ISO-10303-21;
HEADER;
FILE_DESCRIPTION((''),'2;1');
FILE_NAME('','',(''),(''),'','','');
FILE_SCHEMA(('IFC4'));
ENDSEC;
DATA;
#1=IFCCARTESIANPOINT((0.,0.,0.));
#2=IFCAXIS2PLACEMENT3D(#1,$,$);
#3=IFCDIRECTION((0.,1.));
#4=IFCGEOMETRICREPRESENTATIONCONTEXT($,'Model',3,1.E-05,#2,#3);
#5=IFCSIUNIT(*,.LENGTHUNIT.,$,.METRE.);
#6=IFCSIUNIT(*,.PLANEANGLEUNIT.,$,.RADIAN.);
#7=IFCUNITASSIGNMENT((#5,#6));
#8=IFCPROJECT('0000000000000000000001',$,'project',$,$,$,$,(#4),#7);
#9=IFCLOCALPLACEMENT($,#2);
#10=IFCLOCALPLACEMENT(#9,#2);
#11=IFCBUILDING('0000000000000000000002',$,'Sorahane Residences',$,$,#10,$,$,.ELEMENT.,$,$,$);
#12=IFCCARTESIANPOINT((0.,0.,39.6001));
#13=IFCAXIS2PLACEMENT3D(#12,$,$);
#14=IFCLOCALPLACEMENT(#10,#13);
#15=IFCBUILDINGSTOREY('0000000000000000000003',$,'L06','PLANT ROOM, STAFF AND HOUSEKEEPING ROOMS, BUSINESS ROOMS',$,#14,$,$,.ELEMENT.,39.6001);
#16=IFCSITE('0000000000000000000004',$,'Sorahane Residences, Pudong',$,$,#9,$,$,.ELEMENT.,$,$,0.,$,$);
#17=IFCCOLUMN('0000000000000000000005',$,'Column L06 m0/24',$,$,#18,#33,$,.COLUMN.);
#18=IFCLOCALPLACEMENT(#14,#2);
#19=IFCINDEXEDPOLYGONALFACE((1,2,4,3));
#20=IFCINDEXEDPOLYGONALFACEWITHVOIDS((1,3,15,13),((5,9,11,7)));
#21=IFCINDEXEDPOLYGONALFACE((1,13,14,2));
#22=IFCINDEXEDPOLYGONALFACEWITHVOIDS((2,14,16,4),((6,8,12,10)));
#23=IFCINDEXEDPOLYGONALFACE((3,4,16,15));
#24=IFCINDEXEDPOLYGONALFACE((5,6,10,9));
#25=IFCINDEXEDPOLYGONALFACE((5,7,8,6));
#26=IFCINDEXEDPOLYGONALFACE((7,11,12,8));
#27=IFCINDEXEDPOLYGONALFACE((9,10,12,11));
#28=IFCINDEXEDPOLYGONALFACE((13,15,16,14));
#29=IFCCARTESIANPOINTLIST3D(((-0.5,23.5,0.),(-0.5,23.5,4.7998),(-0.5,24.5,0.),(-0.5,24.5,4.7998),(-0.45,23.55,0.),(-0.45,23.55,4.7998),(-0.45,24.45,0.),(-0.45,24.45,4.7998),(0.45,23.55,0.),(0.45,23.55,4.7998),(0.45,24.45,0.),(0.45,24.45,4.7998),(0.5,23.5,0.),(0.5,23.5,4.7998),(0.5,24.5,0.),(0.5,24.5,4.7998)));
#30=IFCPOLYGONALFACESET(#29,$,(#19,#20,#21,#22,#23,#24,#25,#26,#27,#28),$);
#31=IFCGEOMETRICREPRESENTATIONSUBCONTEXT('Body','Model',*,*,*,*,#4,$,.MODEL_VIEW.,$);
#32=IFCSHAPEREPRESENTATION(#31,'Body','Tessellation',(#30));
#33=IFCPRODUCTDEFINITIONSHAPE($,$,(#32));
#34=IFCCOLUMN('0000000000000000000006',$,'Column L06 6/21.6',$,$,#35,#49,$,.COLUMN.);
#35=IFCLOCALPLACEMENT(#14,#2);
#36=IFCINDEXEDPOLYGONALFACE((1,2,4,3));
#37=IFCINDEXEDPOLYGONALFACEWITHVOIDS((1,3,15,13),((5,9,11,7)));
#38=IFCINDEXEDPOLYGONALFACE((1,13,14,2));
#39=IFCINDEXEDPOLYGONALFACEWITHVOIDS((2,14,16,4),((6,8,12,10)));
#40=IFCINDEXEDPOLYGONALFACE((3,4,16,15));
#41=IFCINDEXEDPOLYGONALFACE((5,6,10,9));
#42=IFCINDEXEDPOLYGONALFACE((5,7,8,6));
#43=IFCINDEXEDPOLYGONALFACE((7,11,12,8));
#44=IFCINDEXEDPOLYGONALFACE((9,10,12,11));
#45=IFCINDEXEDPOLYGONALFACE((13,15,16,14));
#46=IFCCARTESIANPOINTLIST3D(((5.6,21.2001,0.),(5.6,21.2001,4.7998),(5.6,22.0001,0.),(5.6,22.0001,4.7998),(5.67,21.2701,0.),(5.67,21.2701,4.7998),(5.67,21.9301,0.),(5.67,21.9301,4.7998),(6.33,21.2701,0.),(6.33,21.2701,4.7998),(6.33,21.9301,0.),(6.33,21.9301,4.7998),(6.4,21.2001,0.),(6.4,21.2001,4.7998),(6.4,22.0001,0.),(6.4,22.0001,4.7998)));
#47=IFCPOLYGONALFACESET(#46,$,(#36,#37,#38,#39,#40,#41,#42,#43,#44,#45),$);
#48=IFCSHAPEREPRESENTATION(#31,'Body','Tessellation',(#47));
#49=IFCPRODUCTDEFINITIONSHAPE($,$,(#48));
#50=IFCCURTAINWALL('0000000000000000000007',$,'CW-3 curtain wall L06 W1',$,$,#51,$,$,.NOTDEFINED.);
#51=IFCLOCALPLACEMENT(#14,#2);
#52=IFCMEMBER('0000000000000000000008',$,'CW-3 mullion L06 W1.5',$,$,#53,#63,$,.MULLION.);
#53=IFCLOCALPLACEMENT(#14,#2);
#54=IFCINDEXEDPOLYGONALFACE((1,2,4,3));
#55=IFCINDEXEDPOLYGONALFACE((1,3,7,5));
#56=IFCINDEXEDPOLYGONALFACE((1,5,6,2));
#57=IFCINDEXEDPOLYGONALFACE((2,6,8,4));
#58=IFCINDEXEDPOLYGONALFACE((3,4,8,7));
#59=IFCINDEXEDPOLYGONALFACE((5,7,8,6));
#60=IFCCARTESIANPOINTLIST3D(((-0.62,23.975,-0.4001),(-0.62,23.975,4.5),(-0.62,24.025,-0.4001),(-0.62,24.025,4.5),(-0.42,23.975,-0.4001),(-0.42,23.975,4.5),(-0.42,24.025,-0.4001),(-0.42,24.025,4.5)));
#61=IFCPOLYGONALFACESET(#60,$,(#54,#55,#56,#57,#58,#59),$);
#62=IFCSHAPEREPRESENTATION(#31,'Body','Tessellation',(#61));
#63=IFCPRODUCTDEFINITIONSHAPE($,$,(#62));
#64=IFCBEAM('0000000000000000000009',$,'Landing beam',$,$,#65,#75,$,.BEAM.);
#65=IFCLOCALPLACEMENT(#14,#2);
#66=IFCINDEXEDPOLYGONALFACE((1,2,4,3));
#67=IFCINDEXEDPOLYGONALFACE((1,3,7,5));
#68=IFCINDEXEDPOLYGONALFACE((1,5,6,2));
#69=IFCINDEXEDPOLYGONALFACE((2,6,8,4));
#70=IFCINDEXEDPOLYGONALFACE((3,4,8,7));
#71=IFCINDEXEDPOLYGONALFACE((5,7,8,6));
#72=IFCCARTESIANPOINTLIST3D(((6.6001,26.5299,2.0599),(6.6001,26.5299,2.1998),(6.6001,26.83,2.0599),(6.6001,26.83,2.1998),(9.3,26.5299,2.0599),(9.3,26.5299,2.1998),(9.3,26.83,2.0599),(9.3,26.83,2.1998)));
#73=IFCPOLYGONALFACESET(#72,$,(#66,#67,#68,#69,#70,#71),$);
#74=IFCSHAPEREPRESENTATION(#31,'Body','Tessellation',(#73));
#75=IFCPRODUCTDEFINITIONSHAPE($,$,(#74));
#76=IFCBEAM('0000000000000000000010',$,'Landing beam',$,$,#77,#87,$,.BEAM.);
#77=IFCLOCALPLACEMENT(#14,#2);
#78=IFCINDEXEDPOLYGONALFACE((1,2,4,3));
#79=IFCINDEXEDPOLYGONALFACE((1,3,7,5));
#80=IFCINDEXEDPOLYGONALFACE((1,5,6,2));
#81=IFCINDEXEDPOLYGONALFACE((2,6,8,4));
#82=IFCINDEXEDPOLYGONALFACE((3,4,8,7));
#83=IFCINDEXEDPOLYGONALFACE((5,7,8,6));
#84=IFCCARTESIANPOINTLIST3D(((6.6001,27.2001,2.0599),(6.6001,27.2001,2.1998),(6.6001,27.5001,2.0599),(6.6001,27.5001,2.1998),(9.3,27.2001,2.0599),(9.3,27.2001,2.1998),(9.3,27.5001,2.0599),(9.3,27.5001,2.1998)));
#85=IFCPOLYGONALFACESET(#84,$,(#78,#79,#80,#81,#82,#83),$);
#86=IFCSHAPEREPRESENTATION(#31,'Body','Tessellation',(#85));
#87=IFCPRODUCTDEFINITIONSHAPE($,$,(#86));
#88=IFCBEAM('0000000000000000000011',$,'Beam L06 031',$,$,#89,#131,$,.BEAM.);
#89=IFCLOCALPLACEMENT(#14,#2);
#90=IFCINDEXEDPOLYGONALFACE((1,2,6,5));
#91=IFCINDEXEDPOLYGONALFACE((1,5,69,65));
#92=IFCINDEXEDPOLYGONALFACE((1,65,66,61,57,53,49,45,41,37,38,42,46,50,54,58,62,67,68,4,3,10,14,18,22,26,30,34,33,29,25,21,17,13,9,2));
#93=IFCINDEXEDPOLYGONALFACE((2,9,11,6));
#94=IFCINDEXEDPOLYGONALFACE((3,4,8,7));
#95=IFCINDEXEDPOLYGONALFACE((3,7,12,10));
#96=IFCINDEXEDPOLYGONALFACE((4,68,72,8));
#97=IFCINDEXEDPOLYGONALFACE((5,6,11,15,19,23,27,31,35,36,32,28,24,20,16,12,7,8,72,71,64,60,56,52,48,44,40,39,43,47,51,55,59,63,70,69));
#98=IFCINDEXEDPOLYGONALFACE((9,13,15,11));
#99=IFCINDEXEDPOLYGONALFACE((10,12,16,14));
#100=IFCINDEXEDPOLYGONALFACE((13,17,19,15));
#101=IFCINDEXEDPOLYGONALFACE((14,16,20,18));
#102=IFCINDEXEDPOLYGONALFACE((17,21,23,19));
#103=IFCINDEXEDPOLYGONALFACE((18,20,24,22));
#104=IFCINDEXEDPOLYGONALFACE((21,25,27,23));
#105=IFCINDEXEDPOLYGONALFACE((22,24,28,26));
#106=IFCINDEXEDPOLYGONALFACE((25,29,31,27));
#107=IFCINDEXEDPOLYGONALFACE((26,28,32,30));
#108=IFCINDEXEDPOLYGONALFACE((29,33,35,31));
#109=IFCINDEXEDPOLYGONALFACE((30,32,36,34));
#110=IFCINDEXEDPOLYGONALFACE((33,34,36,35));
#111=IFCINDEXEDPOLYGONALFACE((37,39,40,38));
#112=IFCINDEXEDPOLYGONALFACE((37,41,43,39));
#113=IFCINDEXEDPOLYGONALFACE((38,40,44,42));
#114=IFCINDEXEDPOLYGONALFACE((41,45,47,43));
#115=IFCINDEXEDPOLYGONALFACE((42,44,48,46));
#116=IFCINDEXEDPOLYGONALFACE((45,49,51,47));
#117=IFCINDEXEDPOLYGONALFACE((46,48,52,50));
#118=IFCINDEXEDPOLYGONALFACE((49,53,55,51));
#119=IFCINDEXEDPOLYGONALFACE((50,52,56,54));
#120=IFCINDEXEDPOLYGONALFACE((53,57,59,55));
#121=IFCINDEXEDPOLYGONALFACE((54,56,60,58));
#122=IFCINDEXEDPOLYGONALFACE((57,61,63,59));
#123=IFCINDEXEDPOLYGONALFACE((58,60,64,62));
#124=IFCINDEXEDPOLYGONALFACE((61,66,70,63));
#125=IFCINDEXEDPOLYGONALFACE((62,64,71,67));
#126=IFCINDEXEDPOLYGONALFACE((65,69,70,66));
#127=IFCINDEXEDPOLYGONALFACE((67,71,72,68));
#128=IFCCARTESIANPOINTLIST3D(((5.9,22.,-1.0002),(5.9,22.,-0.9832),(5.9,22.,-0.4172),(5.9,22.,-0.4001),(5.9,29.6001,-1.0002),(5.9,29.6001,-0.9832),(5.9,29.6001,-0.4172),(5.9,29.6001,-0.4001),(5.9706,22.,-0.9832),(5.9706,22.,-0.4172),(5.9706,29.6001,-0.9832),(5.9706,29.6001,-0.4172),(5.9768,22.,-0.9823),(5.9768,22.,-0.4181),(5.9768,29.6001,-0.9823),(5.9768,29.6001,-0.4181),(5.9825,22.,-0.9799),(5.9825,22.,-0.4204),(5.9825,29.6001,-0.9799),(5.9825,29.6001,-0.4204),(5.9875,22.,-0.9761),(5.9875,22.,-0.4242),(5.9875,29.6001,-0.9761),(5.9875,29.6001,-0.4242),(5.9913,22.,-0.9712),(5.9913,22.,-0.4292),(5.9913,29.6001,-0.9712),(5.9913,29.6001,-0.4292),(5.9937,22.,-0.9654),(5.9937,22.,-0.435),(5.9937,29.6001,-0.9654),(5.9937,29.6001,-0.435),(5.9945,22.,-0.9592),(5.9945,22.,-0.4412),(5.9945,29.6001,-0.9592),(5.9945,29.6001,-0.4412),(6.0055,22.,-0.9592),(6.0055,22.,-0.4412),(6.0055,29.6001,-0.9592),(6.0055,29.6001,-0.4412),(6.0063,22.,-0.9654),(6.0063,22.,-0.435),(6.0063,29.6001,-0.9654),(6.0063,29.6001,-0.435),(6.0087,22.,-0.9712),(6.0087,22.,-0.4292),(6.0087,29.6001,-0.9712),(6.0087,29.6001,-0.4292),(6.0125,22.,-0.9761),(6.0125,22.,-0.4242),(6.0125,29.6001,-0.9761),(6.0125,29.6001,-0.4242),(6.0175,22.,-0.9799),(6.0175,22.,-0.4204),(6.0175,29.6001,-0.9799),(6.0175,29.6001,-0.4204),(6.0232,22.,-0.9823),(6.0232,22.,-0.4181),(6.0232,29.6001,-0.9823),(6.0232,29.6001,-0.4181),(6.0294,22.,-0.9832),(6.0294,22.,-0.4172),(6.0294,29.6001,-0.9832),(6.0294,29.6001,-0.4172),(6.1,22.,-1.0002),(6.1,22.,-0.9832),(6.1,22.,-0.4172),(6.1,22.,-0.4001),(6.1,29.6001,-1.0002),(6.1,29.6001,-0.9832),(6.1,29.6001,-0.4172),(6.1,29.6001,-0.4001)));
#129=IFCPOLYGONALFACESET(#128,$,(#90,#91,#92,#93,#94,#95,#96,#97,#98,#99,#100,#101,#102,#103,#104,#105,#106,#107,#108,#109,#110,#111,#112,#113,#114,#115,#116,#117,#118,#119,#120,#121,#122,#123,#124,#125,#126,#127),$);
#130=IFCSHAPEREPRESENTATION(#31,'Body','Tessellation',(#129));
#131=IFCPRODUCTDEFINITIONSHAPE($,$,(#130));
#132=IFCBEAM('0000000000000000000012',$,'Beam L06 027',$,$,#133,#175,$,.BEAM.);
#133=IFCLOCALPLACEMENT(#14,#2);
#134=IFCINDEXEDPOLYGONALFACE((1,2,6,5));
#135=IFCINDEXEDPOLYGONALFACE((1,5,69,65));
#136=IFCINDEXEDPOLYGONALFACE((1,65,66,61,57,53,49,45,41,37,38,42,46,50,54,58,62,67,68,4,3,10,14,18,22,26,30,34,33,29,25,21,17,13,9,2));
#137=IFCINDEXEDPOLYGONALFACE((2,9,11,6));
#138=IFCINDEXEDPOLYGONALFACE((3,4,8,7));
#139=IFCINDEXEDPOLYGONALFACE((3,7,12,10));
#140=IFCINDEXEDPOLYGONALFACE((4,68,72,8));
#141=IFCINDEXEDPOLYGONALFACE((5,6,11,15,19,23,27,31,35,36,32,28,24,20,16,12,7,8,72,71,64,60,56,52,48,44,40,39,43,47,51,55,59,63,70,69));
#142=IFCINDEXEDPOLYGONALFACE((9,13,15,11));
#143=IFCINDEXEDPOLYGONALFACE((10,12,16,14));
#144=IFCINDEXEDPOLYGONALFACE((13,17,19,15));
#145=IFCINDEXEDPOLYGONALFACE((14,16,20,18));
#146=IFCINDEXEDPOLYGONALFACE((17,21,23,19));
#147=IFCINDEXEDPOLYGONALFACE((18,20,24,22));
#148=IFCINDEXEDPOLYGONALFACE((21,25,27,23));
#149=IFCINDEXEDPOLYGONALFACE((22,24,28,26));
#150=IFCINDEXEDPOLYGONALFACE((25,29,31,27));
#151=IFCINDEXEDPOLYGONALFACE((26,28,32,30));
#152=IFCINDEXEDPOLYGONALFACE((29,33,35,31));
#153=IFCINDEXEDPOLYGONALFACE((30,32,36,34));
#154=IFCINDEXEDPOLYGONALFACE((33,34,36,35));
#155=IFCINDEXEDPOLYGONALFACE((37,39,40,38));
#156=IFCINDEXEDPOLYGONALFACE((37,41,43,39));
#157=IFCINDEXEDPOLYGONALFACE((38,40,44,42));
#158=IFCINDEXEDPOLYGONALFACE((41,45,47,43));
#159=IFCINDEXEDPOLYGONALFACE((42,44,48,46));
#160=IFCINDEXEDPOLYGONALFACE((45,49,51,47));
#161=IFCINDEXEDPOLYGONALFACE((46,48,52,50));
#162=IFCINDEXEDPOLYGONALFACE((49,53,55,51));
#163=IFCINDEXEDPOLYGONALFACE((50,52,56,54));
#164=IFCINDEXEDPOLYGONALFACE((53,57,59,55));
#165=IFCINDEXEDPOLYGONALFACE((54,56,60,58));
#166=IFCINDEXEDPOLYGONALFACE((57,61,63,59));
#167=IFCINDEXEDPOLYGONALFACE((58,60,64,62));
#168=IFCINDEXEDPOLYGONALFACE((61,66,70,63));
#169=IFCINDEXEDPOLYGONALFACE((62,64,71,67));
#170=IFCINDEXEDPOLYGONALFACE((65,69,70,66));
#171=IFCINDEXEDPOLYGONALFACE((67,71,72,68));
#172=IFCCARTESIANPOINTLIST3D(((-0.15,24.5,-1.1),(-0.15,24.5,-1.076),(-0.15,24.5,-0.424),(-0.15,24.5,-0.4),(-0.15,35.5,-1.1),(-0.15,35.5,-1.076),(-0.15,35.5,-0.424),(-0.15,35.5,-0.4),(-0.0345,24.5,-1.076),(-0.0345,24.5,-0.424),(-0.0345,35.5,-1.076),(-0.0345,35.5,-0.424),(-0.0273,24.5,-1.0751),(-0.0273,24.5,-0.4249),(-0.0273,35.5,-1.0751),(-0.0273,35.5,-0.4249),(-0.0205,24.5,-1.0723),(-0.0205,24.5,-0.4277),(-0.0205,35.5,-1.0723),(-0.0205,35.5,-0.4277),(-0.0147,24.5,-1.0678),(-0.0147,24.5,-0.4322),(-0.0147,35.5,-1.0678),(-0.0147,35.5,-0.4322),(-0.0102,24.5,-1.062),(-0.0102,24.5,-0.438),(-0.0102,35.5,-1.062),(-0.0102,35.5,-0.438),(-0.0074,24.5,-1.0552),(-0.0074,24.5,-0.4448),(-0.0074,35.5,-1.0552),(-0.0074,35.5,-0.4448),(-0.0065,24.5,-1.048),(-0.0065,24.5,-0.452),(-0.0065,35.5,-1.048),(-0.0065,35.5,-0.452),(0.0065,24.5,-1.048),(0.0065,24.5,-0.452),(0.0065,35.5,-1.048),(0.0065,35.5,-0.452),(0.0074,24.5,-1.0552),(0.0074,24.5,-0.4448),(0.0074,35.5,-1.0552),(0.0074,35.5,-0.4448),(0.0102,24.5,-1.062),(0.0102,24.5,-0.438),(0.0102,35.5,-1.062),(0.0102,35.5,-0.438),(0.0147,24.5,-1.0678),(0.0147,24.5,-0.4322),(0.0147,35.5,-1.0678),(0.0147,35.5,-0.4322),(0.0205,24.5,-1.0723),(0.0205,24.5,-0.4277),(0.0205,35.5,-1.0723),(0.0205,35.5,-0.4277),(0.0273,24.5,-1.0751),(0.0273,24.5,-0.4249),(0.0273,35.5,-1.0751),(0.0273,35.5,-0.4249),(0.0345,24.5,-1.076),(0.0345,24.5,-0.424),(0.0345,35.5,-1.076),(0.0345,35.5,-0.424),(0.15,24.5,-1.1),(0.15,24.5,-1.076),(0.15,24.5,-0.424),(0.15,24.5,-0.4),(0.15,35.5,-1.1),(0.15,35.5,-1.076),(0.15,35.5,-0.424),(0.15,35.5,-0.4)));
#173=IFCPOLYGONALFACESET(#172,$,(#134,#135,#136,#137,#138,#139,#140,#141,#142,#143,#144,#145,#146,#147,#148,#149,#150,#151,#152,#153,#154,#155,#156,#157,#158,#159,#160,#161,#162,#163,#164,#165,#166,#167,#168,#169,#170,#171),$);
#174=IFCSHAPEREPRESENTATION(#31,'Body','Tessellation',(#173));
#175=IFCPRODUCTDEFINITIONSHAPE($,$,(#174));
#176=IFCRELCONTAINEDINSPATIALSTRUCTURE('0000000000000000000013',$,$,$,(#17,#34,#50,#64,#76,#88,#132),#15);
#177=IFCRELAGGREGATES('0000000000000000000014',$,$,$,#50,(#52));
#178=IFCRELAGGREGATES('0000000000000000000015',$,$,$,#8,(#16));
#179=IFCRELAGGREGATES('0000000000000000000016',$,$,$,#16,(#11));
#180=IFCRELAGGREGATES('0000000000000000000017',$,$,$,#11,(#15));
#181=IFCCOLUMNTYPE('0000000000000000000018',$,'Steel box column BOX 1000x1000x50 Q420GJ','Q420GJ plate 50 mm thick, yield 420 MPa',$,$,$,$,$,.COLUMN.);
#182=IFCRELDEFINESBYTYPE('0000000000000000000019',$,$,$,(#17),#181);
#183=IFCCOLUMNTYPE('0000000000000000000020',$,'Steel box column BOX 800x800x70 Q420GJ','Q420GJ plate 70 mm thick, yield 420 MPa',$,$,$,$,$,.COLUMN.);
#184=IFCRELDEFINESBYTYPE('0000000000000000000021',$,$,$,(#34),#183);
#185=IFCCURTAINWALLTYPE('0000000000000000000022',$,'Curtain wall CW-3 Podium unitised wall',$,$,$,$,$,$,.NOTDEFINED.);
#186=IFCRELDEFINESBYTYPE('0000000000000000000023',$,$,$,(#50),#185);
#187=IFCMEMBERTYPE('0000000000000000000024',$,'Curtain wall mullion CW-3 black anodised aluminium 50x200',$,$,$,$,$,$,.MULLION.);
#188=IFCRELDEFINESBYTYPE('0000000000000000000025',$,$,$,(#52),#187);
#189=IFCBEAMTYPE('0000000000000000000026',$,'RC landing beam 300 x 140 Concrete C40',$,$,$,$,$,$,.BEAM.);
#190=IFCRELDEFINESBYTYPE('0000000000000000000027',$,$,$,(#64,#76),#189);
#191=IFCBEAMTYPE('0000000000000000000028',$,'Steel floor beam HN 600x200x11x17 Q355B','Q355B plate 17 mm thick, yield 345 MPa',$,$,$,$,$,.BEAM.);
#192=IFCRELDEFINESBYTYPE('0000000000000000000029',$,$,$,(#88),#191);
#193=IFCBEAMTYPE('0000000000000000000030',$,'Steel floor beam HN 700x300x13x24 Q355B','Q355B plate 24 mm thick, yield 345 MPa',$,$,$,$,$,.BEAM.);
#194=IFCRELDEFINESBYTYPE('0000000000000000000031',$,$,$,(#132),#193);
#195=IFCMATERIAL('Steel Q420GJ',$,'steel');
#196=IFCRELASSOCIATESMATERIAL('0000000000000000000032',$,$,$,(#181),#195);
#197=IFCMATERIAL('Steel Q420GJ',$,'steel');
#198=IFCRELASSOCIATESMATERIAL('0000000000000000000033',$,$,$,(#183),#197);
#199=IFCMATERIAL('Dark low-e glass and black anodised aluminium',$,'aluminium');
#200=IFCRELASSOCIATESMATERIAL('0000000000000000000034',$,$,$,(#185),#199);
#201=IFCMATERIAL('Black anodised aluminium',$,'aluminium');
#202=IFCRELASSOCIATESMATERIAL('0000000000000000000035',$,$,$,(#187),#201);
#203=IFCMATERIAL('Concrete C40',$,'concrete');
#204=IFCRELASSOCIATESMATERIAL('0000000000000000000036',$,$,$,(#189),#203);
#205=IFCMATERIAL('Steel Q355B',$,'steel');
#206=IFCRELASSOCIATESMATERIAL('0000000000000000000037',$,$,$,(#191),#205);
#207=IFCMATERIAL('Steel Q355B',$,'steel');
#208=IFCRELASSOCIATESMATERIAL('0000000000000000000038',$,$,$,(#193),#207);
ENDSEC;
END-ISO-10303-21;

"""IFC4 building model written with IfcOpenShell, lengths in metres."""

from ifc_helpers import new_model, si_unit, direction, frame, origin, origin_2d, place, context, subcontext, project, spatial, rectangle, hollow_rectangle, i_section, extrude, material, material_profile, profile_set, type_object, element, aggregate, save


model = new_model("IFC4")

# Units and contexts
model_context = context("Model", 3, precision=1e-05, world=origin(), true_north=direction((0.0, 1.0)))
body_context = subcontext(model_context, "Body", "Model", "MODEL_VIEW")
ifc_project = project(units=[si_unit("LENGTHUNIT", "METRE"), si_unit("PLANEANGLEUNIT", "RADIAN")], contexts=[model_context])

# Site, building, storey
site_placement = place(None, origin())
site = spatial("IfcSite", under=ifc_project, at=site_placement, Name="Sorahane Residences, Pudong", CompositionType="ELEMENT", RefElevation=0.0)
building_placement = place(site_placement, origin())
building = spatial("IfcBuilding", under=site, at=building_placement, Name="Sorahane Residences", CompositionType="ELEMENT")
storey_placement = place(building_placement, frame((0.0, 0.0, 39.6001)))
storey = spatial("IfcBuildingStorey", under=building, at=storey_placement, Name="L06", Description="PLANT ROOM, STAFF AND HOUSEKEEPING ROOMS, BUSINESS ROOMS", CompositionType="ELEMENT", Elevation=39.6001)

# Columns
ifc_material_1 = material(Name="Steel Q420GJ", Category="steel")
ifc_material_profile_1 = material_profile(ifc_material_1, hollow_rectangle(XDim=1.0, YDim=1.0, WallThickness=0.05, at=origin_2d()), Name="BOX 1000x1000x50")
ifc_profile_set_1 = profile_set([ifc_material_profile_1], Name="Steel Q420GJ")
column_type_1 = type_object("IfcColumnType", Name="Steel box column BOX 1000x1000x50 Q420GJ", Description="Q420GJ plate 50 mm thick, yield 420 MPa", PredefinedType="COLUMN", material=ifc_profile_set_1)
column_1_placement = place(storey_placement, frame((0.0, 24.0, 0.0), z_axis=(0.0, 0.0, 1.0), x_axis=(1.0, 0.0, 0.0)))
element("IfcColumn", 1, at=column_1_placement, inside=storey, type_object=column_type_1, Name="Column L06 m0/24", PredefinedType="COLUMN", context=body_context, shape_type="SweptSolid", body=[
    extrude(hollow_rectangle(XDim=1.0, YDim=1.0, WallThickness=0.05, at=origin_2d()), origin(), (0.0, 0.0, 1.0), 4.7998),
])
ifc_material_2 = material(Name="Steel Q420GJ", Category="steel")
ifc_material_profile_2 = material_profile(ifc_material_2, hollow_rectangle(XDim=0.8, YDim=0.8, WallThickness=0.0701, at=origin_2d()), Name="BOX 800x800x70")
ifc_profile_set_2 = profile_set([ifc_material_profile_2], Name="Steel Q420GJ")
column_type_2 = type_object("IfcColumnType", Name="Steel box column BOX 800x800x70 Q420GJ", Description="Q420GJ plate 70 mm thick, yield 420 MPa", PredefinedType="COLUMN", material=ifc_profile_set_2)
column_2_placement = place(storey_placement, frame((6.0, 21.6001, 0.0), z_axis=(0.0, 0.0, 1.0), x_axis=(1.0, 0.0, 0.0)))
element("IfcColumn", 2, at=column_2_placement, inside=storey, type_object=column_type_2, Name="Column L06 6/21.6", PredefinedType="COLUMN", context=body_context, shape_type="SweptSolid", body=[
    extrude(hollow_rectangle(XDim=0.8, YDim=0.8, WallThickness=0.0701, at=origin_2d()), origin(), (0.0, 0.0, 1.0), 4.7998),
])

# Curtain wall, member
ifc_material_3 = material(Name="Dark low-e glass and black anodised aluminium", Category="aluminium")
curtain_wall_type = type_object("IfcCurtainWallType", Name="Curtain wall CW-3 Podium unitised wall", PredefinedType="NOTDEFINED", material=ifc_material_3)
curtain_wall_placement = place(storey_placement, origin())
curtain_wall = element("IfcCurtainWall", 3, at=curtain_wall_placement, inside=storey, type_object=curtain_wall_type, Name="CW-3 curtain wall L06 W1", PredefinedType="NOTDEFINED")
ifc_material_4 = material(Name="Black anodised aluminium", Category="aluminium")
ifc_material_profile_3 = material_profile(ifc_material_4, rectangle(XDim=0.2, YDim=0.05, at=origin_2d()), Name="Curtain wall mullion CW-3 black anodised aluminium 50x200")
ifc_profile_set_3 = profile_set([ifc_material_profile_3], Name="Black anodised aluminium")
member_type = type_object("IfcMemberType", Name="Curtain wall mullion CW-3 black anodised aluminium 50x200", PredefinedType="MULLION", material=ifc_profile_set_3)
member_placement = place(storey_placement, frame((-0.52, 24.0, -0.4001), z_axis=(0.0, 0.0, 1.0), x_axis=(-1.0, 0.0, 0.0)))
member = element("IfcMember", 4, at=member_placement, type_object=member_type, Name="CW-3 mullion L06 W1.5", PredefinedType="MULLION", context=body_context, shape_type="SweptSolid", body=[
    extrude(rectangle(XDim=0.2, YDim=0.05, at=origin_2d()), origin(), (0.0, 0.0, 1.0), 4.9001),
])

# Beams
ifc_material_5 = material(Name="Concrete C40", Category="concrete")
ifc_material_profile_4 = material_profile(ifc_material_5, rectangle(XDim=0.3, YDim=0.1399, at=origin_2d()), Name="300x140")
ifc_profile_set_4 = profile_set([ifc_material_profile_4], Name="Concrete C40")
beam_type_1 = type_object("IfcBeamType", Name="RC landing beam 300 x 140 Concrete C40", PredefinedType="BEAM", material=ifc_profile_set_4)
for number, where, z_axis, x_axis, name in (
    (5, (6.6001, 26.6799, 2.1299), (1.0, 0.0, 0.0), (0.0, 1.0, 0.0), "Landing beam"),
    (6, (6.6001, 27.3501, 2.1299), (1.0, 0.0, 0.0), (0.0, 1.0, 0.0), "Landing beam"),
):
    element("IfcBeam", number, at=place(storey_placement, frame(where, z_axis=z_axis, x_axis=x_axis)), inside=storey, type_object=beam_type_1, Name=name, PredefinedType="BEAM", context=body_context, shape_type="SweptSolid", body=[
        extrude(rectangle(XDim=0.3, YDim=0.1399, at=origin_2d()), origin(), (0.0, 0.0, 1.0), 2.7),
    ])
ifc_material_6 = material(Name="Steel Q355B", Category="steel")
ifc_material_profile_5 = material_profile(ifc_material_6, i_section(OverallWidth=0.2, OverallDepth=0.6001, WebThickness=0.011, FlangeThickness=0.0171, FilletRadius=0.0239, at=origin_2d()), Name="HN 600x200x11x17")
ifc_profile_set_5 = profile_set([ifc_material_profile_5], Name="Steel Q355B")
beam_type_2 = type_object("IfcBeamType", Name="Steel floor beam HN 600x200x11x17 Q355B", Description="Q355B plate 17 mm thick, yield 345 MPa", PredefinedType="BEAM", material=ifc_profile_set_5)
beam_1_placement = place(storey_placement, frame((6.0, 22.0, -0.7002), z_axis=(0.0, 1.0, 0.0), x_axis=(-1.0, 0.0, 0.0)))
element("IfcBeam", 7, at=beam_1_placement, inside=storey, type_object=beam_type_2, Name="Beam L06 031", PredefinedType="BEAM", context=body_context, shape_type="SweptSolid", body=[
    extrude(i_section(OverallWidth=0.2, OverallDepth=0.6001, WebThickness=0.011, FlangeThickness=0.0171, FilletRadius=0.0239, at=origin_2d()), origin(), (0.0, 0.0, 1.0), 7.6001),
])
ifc_material_7 = material(Name="Steel Q355B", Category="steel")
ifc_material_profile_6 = material_profile(ifc_material_7, i_section(OverallWidth=0.3, OverallDepth=0.7, WebThickness=0.0129, FlangeThickness=0.0239, FilletRadius=0.0281, at=origin_2d()), Name="HN 700x300x13x24")
ifc_profile_set_6 = profile_set([ifc_material_profile_6], Name="Steel Q355B")
beam_type_3 = type_object("IfcBeamType", Name="Steel floor beam HN 700x300x13x24 Q355B", Description="Q355B plate 24 mm thick, yield 345 MPa", PredefinedType="BEAM", material=ifc_profile_set_6)
beam_2_placement = place(storey_placement, frame((0.0, 24.5, -0.75), z_axis=(0.0, 1.0, 0.0), x_axis=(-1.0, 0.0, 0.0)))
element("IfcBeam", 8, at=beam_2_placement, inside=storey, type_object=beam_type_3, Name="Beam L06 027", PredefinedType="BEAM", context=body_context, shape_type="SweptSolid", body=[
    extrude(i_section(OverallWidth=0.3, OverallDepth=0.7, WebThickness=0.0129, FlangeThickness=0.0239, FilletRadius=0.0281, at=origin_2d()), origin(), (0.0, 0.0, 1.0), 11.0),
])

aggregate(curtain_wall, [member])

save(model, "model.ifc")
